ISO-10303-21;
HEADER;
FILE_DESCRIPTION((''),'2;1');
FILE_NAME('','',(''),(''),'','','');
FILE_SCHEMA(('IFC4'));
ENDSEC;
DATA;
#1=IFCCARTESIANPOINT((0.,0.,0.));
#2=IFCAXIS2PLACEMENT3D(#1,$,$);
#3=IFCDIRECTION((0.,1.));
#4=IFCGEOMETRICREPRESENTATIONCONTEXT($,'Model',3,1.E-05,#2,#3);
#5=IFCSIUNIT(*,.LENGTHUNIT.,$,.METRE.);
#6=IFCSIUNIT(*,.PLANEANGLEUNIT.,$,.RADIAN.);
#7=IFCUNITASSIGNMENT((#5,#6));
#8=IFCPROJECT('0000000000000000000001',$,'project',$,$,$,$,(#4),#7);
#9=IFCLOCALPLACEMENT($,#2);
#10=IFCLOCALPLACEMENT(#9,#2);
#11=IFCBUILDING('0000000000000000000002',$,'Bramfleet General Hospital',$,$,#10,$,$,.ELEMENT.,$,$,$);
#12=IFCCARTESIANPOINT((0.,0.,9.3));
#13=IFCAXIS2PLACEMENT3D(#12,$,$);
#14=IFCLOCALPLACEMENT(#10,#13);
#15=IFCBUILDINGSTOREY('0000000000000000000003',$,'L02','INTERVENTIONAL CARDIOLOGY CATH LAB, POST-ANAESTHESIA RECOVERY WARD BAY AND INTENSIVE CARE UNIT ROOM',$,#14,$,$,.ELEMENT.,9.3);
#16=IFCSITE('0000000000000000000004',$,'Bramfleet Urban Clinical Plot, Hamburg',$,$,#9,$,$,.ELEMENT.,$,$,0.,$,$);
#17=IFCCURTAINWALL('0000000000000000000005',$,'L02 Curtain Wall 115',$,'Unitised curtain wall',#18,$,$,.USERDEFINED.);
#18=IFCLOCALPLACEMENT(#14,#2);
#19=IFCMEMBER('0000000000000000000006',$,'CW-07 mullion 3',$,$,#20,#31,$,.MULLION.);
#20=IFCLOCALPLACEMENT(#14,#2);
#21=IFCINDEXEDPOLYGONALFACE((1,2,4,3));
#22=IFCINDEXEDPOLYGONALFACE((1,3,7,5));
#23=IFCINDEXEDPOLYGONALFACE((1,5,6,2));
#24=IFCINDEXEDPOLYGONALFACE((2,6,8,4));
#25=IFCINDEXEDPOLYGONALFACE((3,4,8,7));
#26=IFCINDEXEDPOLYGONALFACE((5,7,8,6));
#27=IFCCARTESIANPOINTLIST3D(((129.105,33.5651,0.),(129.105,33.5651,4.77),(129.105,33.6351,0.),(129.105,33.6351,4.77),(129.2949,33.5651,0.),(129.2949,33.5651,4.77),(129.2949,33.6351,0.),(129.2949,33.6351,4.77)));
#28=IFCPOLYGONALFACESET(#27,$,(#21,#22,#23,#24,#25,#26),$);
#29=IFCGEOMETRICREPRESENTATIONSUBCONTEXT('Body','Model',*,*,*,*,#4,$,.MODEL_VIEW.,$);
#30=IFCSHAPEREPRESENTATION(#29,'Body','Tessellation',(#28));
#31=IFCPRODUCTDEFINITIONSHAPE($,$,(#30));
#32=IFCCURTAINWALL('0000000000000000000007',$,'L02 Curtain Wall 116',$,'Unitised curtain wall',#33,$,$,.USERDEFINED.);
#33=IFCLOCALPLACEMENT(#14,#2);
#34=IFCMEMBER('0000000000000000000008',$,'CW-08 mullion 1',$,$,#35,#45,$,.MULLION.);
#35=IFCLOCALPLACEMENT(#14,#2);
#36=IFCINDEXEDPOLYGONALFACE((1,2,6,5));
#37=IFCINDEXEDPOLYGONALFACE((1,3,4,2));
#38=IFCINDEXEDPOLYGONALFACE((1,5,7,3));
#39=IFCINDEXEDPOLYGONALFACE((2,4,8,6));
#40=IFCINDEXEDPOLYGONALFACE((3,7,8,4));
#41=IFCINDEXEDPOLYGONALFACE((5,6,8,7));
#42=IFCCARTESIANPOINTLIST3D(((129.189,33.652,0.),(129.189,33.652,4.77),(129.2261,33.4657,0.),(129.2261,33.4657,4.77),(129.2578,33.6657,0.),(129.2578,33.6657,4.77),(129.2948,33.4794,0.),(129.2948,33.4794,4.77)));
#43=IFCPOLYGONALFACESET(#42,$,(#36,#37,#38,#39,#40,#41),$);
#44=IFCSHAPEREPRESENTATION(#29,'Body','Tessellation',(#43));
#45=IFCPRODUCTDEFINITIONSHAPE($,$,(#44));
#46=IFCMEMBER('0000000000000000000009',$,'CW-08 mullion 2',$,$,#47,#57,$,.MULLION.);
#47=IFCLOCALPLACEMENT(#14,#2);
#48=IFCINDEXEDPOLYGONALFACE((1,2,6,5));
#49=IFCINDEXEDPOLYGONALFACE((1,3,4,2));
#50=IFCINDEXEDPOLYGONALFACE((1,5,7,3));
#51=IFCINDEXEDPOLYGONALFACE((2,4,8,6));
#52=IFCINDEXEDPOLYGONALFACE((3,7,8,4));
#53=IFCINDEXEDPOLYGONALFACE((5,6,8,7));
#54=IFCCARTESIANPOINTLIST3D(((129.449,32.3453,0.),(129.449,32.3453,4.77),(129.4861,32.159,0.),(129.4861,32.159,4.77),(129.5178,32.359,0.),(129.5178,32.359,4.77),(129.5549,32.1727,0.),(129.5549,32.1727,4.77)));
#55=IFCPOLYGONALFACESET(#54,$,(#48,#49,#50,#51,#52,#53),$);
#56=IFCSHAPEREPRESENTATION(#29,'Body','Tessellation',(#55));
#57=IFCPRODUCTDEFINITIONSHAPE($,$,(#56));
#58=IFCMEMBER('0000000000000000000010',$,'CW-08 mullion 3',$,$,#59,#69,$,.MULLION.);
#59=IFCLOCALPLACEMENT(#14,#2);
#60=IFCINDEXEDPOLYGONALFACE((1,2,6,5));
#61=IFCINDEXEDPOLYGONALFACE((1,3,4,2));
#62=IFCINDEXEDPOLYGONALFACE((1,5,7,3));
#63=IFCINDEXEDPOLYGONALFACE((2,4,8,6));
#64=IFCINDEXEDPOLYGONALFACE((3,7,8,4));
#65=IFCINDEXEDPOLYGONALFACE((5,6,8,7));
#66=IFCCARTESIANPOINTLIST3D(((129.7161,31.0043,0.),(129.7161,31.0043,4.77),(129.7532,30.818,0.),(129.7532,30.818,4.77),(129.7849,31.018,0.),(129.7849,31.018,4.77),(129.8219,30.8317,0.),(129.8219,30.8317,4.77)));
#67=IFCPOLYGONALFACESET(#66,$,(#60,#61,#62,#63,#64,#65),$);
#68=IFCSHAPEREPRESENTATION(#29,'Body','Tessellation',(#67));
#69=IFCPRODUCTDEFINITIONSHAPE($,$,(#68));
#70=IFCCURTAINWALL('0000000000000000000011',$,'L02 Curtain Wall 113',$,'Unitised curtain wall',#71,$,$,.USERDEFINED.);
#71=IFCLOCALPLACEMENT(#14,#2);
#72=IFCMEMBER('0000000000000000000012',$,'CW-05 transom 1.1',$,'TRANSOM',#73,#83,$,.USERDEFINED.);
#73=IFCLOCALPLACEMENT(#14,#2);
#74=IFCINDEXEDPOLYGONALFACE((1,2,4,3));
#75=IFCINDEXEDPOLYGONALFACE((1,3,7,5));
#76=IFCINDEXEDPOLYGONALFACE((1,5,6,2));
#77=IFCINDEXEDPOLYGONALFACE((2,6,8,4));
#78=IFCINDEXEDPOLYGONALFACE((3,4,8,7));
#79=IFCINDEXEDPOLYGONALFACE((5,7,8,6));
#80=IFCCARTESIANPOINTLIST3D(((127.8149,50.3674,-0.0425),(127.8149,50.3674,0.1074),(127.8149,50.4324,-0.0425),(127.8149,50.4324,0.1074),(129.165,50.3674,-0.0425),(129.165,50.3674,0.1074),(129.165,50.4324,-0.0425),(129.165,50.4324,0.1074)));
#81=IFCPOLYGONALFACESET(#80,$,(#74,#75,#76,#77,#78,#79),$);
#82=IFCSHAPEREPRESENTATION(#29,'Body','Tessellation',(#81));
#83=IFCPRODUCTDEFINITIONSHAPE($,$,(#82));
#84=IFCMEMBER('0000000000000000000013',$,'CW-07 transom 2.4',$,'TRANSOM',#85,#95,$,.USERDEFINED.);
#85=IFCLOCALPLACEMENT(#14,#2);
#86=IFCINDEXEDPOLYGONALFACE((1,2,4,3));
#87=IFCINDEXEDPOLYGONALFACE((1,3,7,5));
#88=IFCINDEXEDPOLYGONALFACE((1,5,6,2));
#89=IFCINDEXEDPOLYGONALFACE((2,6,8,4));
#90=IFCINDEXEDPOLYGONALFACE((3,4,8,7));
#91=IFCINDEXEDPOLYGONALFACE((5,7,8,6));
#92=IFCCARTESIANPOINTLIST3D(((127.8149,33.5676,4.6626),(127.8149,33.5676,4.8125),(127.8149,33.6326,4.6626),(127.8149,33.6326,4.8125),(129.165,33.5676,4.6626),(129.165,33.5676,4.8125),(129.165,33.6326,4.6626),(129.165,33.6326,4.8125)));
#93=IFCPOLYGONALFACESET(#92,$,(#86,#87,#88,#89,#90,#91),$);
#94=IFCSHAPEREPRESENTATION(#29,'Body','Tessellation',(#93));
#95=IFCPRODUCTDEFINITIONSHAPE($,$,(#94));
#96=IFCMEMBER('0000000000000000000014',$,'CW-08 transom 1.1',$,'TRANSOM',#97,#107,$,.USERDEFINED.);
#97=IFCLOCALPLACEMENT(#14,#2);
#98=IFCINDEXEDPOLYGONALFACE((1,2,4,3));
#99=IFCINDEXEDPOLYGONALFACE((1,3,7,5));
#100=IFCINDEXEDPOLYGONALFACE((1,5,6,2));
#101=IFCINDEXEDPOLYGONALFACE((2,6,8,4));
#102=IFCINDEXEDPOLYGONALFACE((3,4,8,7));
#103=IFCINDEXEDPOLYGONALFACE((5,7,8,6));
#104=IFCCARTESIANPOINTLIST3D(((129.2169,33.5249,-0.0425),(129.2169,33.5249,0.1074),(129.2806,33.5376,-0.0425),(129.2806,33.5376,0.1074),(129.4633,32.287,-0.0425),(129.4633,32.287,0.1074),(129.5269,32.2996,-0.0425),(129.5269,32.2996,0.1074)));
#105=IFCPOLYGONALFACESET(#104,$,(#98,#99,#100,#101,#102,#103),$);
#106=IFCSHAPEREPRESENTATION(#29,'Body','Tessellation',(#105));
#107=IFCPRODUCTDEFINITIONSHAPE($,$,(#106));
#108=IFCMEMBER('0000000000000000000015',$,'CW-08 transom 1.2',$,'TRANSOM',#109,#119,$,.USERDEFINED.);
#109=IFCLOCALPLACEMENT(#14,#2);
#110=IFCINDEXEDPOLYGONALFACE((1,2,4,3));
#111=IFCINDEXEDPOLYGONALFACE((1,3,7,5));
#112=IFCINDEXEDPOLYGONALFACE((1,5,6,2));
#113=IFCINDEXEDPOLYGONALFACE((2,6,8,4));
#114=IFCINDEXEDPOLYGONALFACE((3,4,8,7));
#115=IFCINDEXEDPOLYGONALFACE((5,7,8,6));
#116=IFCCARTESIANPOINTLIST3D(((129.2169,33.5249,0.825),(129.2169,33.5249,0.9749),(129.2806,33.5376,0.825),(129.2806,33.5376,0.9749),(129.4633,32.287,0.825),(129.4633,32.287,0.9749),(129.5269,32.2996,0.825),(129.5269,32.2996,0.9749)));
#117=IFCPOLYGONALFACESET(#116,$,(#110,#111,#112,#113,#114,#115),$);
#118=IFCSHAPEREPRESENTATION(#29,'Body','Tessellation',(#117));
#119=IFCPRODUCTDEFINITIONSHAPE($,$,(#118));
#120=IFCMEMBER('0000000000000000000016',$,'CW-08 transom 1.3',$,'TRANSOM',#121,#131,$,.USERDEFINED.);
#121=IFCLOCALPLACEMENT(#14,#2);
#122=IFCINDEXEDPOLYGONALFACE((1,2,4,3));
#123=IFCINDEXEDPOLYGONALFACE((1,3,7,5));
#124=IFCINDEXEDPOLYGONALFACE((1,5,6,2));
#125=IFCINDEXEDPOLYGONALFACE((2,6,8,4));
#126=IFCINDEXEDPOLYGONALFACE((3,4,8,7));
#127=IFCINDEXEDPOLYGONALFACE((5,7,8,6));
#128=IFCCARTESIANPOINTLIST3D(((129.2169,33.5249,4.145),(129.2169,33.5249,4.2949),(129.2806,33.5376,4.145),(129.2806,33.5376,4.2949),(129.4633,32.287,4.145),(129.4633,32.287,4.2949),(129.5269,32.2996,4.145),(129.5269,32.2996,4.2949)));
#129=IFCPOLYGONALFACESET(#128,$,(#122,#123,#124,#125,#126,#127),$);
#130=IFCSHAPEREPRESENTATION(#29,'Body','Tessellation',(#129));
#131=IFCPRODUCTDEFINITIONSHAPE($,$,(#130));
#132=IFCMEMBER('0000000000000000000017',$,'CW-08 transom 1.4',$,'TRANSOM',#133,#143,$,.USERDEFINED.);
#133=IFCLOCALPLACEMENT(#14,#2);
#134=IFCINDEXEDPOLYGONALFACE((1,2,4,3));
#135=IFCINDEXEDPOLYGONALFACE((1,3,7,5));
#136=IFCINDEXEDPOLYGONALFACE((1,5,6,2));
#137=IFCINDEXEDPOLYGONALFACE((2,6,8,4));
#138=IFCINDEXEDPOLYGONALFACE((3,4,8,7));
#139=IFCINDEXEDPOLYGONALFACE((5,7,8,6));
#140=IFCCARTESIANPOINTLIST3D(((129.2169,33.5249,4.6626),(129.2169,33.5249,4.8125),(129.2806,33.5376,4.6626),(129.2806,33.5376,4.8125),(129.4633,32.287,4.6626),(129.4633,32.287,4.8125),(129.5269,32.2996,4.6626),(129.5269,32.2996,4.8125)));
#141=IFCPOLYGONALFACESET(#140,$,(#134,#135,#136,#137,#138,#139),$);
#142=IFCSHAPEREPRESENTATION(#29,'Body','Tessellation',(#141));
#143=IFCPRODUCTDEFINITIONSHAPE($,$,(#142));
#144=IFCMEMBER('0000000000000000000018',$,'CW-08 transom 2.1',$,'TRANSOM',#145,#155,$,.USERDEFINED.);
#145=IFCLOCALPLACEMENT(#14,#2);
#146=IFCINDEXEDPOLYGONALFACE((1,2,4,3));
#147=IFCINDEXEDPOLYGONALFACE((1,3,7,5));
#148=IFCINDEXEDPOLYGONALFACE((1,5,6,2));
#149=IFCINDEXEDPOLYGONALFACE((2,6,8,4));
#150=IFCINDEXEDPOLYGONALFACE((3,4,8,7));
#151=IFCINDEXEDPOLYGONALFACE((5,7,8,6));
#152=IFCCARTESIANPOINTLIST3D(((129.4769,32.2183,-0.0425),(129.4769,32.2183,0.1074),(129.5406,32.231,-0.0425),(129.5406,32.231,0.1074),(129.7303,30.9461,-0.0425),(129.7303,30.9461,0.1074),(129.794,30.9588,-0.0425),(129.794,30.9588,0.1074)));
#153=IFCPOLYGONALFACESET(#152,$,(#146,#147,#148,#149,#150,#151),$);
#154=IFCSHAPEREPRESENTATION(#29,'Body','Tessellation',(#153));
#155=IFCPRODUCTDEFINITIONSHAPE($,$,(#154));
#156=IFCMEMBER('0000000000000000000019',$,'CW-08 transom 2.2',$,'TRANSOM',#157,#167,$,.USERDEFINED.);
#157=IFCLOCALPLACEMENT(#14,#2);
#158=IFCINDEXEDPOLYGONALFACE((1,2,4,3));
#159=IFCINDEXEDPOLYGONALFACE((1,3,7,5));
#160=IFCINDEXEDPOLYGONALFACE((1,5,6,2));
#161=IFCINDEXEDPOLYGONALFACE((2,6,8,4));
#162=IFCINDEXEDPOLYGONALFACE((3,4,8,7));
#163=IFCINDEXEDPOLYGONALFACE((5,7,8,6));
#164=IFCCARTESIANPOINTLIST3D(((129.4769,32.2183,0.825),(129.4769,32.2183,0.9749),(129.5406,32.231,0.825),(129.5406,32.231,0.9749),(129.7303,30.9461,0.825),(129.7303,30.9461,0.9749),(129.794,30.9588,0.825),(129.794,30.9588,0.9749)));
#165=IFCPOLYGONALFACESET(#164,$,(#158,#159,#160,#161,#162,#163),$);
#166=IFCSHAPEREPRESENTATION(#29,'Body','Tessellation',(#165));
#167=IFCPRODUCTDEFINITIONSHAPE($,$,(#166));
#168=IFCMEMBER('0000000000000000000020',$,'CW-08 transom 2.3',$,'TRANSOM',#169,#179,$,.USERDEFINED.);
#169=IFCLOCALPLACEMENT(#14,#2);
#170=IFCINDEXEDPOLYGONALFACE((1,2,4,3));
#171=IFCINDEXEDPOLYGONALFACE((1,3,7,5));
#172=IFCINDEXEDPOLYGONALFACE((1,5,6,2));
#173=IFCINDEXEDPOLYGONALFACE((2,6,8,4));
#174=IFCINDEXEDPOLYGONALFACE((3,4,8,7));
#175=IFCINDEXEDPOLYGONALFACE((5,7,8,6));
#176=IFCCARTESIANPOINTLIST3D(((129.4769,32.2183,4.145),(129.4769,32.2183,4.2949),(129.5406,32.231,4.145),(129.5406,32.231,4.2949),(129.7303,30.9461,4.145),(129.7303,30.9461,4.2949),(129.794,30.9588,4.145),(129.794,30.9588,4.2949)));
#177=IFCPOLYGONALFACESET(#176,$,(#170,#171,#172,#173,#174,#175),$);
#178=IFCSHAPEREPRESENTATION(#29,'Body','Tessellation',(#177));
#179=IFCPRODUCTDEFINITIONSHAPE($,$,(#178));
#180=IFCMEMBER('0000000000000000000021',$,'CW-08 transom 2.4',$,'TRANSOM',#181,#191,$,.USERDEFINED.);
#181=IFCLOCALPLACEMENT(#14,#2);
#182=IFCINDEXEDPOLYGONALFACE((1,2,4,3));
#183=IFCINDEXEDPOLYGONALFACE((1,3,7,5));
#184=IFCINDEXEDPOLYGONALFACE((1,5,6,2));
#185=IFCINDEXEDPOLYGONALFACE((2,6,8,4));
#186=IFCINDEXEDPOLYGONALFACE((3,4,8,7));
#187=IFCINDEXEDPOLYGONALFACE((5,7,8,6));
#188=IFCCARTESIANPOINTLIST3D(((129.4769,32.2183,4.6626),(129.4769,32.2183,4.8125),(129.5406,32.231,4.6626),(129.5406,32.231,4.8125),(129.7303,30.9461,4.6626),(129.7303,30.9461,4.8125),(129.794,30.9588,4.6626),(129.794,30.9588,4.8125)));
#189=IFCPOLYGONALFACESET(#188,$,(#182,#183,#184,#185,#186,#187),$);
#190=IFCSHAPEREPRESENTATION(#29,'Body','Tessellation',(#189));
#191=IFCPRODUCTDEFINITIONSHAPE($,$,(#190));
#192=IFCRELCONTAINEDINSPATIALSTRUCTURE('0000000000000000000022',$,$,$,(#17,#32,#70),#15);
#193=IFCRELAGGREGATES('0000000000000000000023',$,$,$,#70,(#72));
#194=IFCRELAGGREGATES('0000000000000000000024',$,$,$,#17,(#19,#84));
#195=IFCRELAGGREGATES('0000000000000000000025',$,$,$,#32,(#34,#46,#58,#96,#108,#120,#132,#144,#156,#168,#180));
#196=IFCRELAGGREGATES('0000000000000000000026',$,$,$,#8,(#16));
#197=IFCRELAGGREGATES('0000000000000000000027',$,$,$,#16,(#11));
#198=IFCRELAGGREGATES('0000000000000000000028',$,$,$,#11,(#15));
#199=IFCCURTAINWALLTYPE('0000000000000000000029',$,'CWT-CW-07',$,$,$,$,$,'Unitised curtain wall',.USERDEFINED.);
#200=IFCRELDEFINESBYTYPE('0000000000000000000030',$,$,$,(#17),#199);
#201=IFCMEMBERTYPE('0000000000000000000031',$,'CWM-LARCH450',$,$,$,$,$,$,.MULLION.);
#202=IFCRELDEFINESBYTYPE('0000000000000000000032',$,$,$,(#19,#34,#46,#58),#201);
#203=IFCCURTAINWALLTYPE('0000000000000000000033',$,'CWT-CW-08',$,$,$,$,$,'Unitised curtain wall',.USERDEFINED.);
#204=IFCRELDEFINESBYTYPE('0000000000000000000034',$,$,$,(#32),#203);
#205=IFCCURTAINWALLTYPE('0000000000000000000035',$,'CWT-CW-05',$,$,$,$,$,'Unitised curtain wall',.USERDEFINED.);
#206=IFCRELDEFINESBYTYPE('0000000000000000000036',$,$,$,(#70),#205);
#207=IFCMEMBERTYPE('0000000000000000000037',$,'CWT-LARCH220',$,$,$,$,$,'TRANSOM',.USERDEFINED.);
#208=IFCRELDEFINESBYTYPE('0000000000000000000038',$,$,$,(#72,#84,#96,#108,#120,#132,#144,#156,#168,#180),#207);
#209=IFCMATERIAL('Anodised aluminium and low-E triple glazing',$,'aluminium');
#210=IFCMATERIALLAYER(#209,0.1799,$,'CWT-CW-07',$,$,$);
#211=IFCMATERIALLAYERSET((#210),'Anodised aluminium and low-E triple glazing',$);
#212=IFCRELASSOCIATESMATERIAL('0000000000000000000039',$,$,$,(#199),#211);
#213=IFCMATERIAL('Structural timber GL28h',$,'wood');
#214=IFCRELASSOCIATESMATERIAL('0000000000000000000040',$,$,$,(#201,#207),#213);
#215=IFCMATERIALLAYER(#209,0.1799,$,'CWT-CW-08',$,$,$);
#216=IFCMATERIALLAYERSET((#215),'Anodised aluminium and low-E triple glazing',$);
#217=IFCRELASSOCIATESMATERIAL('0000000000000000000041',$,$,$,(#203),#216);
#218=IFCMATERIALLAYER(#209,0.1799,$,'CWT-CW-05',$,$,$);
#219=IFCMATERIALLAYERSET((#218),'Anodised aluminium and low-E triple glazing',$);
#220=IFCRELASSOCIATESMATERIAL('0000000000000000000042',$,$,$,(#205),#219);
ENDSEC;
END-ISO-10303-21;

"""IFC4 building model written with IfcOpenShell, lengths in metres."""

from ifc_helpers import new_model, si_unit, direction, frame, origin, origin_2d, place, context, subcontext, project, spatial, rectangle, extrude, material, layer, layer_set, material_profile, profile_set, type_object, element, aggregate, save


model = new_model("IFC4")

# Units and contexts
model_context = context("Model", 3, precision=1e-05, world=origin(), true_north=direction((0.0, 1.0)))
body_context = subcontext(model_context, "Body", "Model", "MODEL_VIEW")
ifc_project = project(units=[si_unit("LENGTHUNIT", "METRE"), si_unit("PLANEANGLEUNIT", "RADIAN")], contexts=[model_context])

# Site, building, storey
site_placement = place(None, origin())
site = spatial("IfcSite", under=ifc_project, at=site_placement, Name="Bramfleet Urban Clinical Plot, Hamburg", CompositionType="ELEMENT", RefElevation=0.0)
building_placement = place(site_placement, origin())
building = spatial("IfcBuilding", under=site, at=building_placement, Name="Bramfleet General Hospital", CompositionType="ELEMENT")
storey_placement = place(building_placement, frame((0.0, 0.0, 9.3)))
storey = spatial("IfcBuildingStorey", under=building, at=storey_placement, Name="L02", Description="INTERVENTIONAL CARDIOLOGY CATH LAB, POST-ANAESTHESIA RECOVERY WARD BAY AND INTENSIVE CARE UNIT ROOM", CompositionType="ELEMENT", Elevation=9.3)

# Curtain wall, member
ifc_material_1 = material(Name="Anodised aluminium and low-E triple glazing", Category="aluminium")
ifc_layer_1 = layer(ifc_material_1, 0.1799, Name="CWT-CW-07")
ifc_layer_set_1 = layer_set([ifc_layer_1], Name="Anodised aluminium and low-E triple glazing")
curtain_wall_type_1 = type_object("IfcCurtainWallType", Name="CWT-CW-07", ElementType="Unitised curtain wall", PredefinedType="USERDEFINED", material=ifc_layer_set_1)
curtain_wall_1_placement = place(storey_placement, origin())
curtain_wall_1 = element("IfcCurtainWall", 1, at=curtain_wall_1_placement, inside=storey, type_object=curtain_wall_type_1, Name="L02 Curtain Wall 115", ObjectType="Unitised curtain wall", PredefinedType="USERDEFINED")
ifc_material_2 = material(Name="Structural timber GL28h", Category="wood")
ifc_material_profile_1 = material_profile(ifc_material_2, rectangle(XDim=0.0701, YDim=0.1899, at=origin_2d()), Name="LARCH 190x70")
ifc_profile_set_1 = profile_set([ifc_material_profile_1], Name="Structural timber GL28h")
member_type_1 = type_object("IfcMemberType", Name="CWM-LARCH450", PredefinedType="MULLION", material=ifc_profile_set_1)
member_1_placement = place(storey_placement, frame((129.2, 33.6001, 0.0), z_axis=(0.0, 0.0, 1.0), x_axis=(0.0, 1.0, 0.0)))
member_1 = element("IfcMember", 2, at=member_1_placement, type_object=member_type_1, Name="CW-07 mullion 3", PredefinedType="MULLION", context=body_context, shape_type="SweptSolid", body=[
    extrude(rectangle(XDim=0.0701, YDim=0.1899, at=origin_2d()), origin(), (0.0, 0.0, 1.0), 4.77),
])

# Curtain wall, members
ifc_layer_2 = layer(ifc_material_1, 0.1799, Name="CWT-CW-08")
ifc_layer_set_2 = layer_set([ifc_layer_2], Name="Anodised aluminium and low-E triple glazing")
curtain_wall_type_2 = type_object("IfcCurtainWallType", Name="CWT-CW-08", ElementType="Unitised curtain wall", PredefinedType="USERDEFINED", material=ifc_layer_set_2)
curtain_wall_2_placement = place(storey_placement, origin())
curtain_wall_2 = element("IfcCurtainWall", 3, at=curtain_wall_2_placement, inside=storey, type_object=curtain_wall_type_2, Name="L02 Curtain Wall 116", ObjectType="Unitised curtain wall", PredefinedType="USERDEFINED")
member_2_placement = place(storey_placement, frame((129.2419, 33.5657, 0.0), z_axis=(0.0, 0.0, 1.0), x_axis=(0.980749, 0.195272, 0.0)))
member_2 = element("IfcMember", 4, at=member_2_placement, type_object=member_type_1, Name="CW-08 mullion 1", PredefinedType="MULLION", context=body_context, shape_type="SweptSolid", body=[
    extrude(rectangle(XDim=0.0701, YDim=0.1899, at=origin_2d()), origin(), (0.0, 0.0, 1.0), 4.77),
])
member_3_placement = place(storey_placement, frame((129.502, 32.259, 0.0), z_axis=(0.0, 0.0, 1.0), x_axis=(0.980749, 0.195272, 0.0)))
member_3 = element("IfcMember", 5, at=member_3_placement, type_object=member_type_1, Name="CW-08 mullion 2", PredefinedType="MULLION", context=body_context, shape_type="SweptSolid", body=[
    extrude(rectangle(XDim=0.0701, YDim=0.1899, at=origin_2d()), origin(), (0.0, 0.0, 1.0), 4.77),
])
member_4_placement = place(storey_placement, frame((129.769, 30.918, 0.0), z_axis=(0.0, 0.0, 1.0), x_axis=(0.980749, 0.195272, 0.0)))
member_4 = element("IfcMember", 6, at=member_4_placement, type_object=member_type_1, Name="CW-08 mullion 3", PredefinedType="MULLION", context=body_context, shape_type="SweptSolid", body=[
    extrude(rectangle(XDim=0.0701, YDim=0.1899, at=origin_2d()), origin(), (0.0, 0.0, 1.0), 4.77),
])

# Curtain wall, member
ifc_layer_3 = layer(ifc_material_1, 0.1799, Name="CWT-CW-05")
ifc_layer_set_3 = layer_set([ifc_layer_3], Name="Anodised aluminium and low-E triple glazing")
curtain_wall_type_3 = type_object("IfcCurtainWallType", Name="CWT-CW-05", ElementType="Unitised curtain wall", PredefinedType="USERDEFINED", material=ifc_layer_set_3)
curtain_wall_3_placement = place(storey_placement, origin())
curtain_wall_3 = element("IfcCurtainWall", 7, at=curtain_wall_3_placement, inside=storey, type_object=curtain_wall_type_3, Name="L02 Curtain Wall 113", ObjectType="Unitised curtain wall", PredefinedType="USERDEFINED")
ifc_material_profile_2 = material_profile(ifc_material_2, rectangle(XDim=0.0649, YDim=0.1499, at=origin_2d()), Name="LARCH 150x65")
ifc_profile_set_2 = profile_set([ifc_material_profile_2], Name="Structural timber GL28h")
member_type_2 = type_object("IfcMemberType", Name="CWT-LARCH220", ElementType="TRANSOM", PredefinedType="USERDEFINED", material=ifc_profile_set_2)
member_5_placement = place(storey_placement, frame((129.165, 50.3999, 0.0325), z_axis=(-1.0, 0.0, 0.0), x_axis=(0.0, -1.0, 0.0)))
member_5 = element("IfcMember", 8, at=member_5_placement, type_object=member_type_2, Name="CW-05 transom 1.1", ObjectType="TRANSOM", PredefinedType="USERDEFINED", context=body_context, shape_type="SweptSolid", body=[
    extrude(rectangle(XDim=0.0649, YDim=0.1499, at=origin_2d()), origin(), (0.0, 0.0, 1.0), 1.3501),
])

# Members
member_6_placement = place(storey_placement, frame((127.8149, 33.6001, 4.7375), z_axis=(1.0, 0.0, 0.0), x_axis=(0.0, 1.0, 0.0)))
member_6 = element("IfcMember", 9, at=member_6_placement, type_object=member_type_2, Name="CW-07 transom 2.4", ObjectType="TRANSOM", PredefinedType="USERDEFINED", context=body_context, shape_type="SweptSolid", body=[
    extrude(rectangle(XDim=0.0649, YDim=0.1499, at=origin_2d()), origin(), (0.0, 0.0, 1.0), 1.3501),
])
member_7_placement = place(storey_placement, frame((129.2488, 33.5312, 0.0325), z_axis=(0.195149, -0.980774, 0.0), x_axis=(0.980774, 0.195149, 0.0)))
member_7 = element("IfcMember", 10, at=member_7_placement, type_object=member_type_2, Name="CW-08 transom 1.1", ObjectType="TRANSOM", PredefinedType="USERDEFINED", context=body_context, shape_type="SweptSolid", body=[
    extrude(rectangle(XDim=0.0649, YDim=0.1499, at=origin_2d()), origin(), (0.0, 0.0, 1.0), 1.2622),
])
member_8_placement = place(storey_placement, frame((129.2488, 33.5312, 0.8999), z_axis=(0.195149, -0.980774, 0.0), x_axis=(0.980774, 0.195149, 0.0)))
member_8 = element("IfcMember", 11, at=member_8_placement, type_object=member_type_2, Name="CW-08 transom 1.2", ObjectType="TRANSOM", PredefinedType="USERDEFINED", context=body_context, shape_type="SweptSolid", body=[
    extrude(rectangle(XDim=0.0649, YDim=0.1499, at=origin_2d()), origin(), (0.0, 0.0, 1.0), 1.2622),
])
member_9_placement = place(storey_placement, frame((129.2488, 33.5312, 4.22), z_axis=(0.195149, -0.980774, 0.0), x_axis=(0.980774, 0.195149, 0.0)))
member_9 = element("IfcMember", 12, at=member_9_placement, type_object=member_type_2, Name="CW-08 transom 1.3", ObjectType="TRANSOM", PredefinedType="USERDEFINED", context=body_context, shape_type="SweptSolid", body=[
    extrude(rectangle(XDim=0.0649, YDim=0.1499, at=origin_2d()), origin(), (0.0, 0.0, 1.0), 1.2622),
])
member_10_placement = place(storey_placement, frame((129.2488, 33.5312, 4.7375), z_axis=(0.195149, -0.980774, 0.0), x_axis=(0.980774, 0.195149, 0.0)))
member_10 = element("IfcMember", 13, at=member_10_placement, type_object=member_type_2, Name="CW-08 transom 1.4", ObjectType="TRANSOM", PredefinedType="USERDEFINED", context=body_context, shape_type="SweptSolid", body=[
    extrude(rectangle(XDim=0.0649, YDim=0.1499, at=origin_2d()), origin(), (0.0, 0.0, 1.0), 1.2622),
])
member_11_placement = place(storey_placement, frame((129.5088, 32.2246, 0.0325), z_axis=(0.195356, -0.980732, 0.0), x_axis=(0.980732, 0.195356, 0.0)))
member_11 = element("IfcMember", 14, at=member_11_placement, type_object=member_type_2, Name="CW-08 transom 2.1", ObjectType="TRANSOM", PredefinedType="USERDEFINED", context=body_context, shape_type="SweptSolid", body=[
    extrude(rectangle(XDim=0.0649, YDim=0.1499, at=origin_2d()), origin(), (0.0, 0.0, 1.0), 1.2971),
])
member_12_placement = place(storey_placement, frame((129.5088, 32.2246, 0.8999), z_axis=(0.195356, -0.980732, 0.0), x_axis=(0.980732, 0.195356, 0.0)))
member_12 = element("IfcMember", 15, at=member_12_placement, type_object=member_type_2, Name="CW-08 transom 2.2", ObjectType="TRANSOM", PredefinedType="USERDEFINED", context=body_context, shape_type="SweptSolid", body=[
    extrude(rectangle(XDim=0.0649, YDim=0.1499, at=origin_2d()), origin(), (0.0, 0.0, 1.0), 1.2971),
])
member_13_placement = place(storey_placement, frame((129.5088, 32.2246, 4.22), z_axis=(0.195356, -0.980732, 0.0), x_axis=(0.980732, 0.195356, 0.0)))
member_13 = element("IfcMember", 16, at=member_13_placement, type_object=member_type_2, Name="CW-08 transom 2.3", ObjectType="TRANSOM", PredefinedType="USERDEFINED", context=body_context, shape_type="SweptSolid", body=[
    extrude(rectangle(XDim=0.0649, YDim=0.1499, at=origin_2d()), origin(), (0.0, 0.0, 1.0), 1.2971),
])
member_14_placement = place(storey_placement, frame((129.5088, 32.2246, 4.7375), z_axis=(0.195356, -0.980732, 0.0), x_axis=(0.980732, 0.195356, 0.0)))
member_14 = element("IfcMember", 17, at=member_14_placement, type_object=member_type_2, Name="CW-08 transom 2.4", ObjectType="TRANSOM", PredefinedType="USERDEFINED", context=body_context, shape_type="SweptSolid", body=[
    extrude(rectangle(XDim=0.0649, YDim=0.1499, at=origin_2d()), origin(), (0.0, 0.0, 1.0), 1.2971),
])

aggregate(curtain_wall_3, [member_5])
aggregate(curtain_wall_1, [member_1, member_6])
aggregate(curtain_wall_2, [member_2, member_3, member_4, member_7, member_8, member_9, member_10, member_11, member_12, member_13, member_14])

save(model, "model.ifc")
